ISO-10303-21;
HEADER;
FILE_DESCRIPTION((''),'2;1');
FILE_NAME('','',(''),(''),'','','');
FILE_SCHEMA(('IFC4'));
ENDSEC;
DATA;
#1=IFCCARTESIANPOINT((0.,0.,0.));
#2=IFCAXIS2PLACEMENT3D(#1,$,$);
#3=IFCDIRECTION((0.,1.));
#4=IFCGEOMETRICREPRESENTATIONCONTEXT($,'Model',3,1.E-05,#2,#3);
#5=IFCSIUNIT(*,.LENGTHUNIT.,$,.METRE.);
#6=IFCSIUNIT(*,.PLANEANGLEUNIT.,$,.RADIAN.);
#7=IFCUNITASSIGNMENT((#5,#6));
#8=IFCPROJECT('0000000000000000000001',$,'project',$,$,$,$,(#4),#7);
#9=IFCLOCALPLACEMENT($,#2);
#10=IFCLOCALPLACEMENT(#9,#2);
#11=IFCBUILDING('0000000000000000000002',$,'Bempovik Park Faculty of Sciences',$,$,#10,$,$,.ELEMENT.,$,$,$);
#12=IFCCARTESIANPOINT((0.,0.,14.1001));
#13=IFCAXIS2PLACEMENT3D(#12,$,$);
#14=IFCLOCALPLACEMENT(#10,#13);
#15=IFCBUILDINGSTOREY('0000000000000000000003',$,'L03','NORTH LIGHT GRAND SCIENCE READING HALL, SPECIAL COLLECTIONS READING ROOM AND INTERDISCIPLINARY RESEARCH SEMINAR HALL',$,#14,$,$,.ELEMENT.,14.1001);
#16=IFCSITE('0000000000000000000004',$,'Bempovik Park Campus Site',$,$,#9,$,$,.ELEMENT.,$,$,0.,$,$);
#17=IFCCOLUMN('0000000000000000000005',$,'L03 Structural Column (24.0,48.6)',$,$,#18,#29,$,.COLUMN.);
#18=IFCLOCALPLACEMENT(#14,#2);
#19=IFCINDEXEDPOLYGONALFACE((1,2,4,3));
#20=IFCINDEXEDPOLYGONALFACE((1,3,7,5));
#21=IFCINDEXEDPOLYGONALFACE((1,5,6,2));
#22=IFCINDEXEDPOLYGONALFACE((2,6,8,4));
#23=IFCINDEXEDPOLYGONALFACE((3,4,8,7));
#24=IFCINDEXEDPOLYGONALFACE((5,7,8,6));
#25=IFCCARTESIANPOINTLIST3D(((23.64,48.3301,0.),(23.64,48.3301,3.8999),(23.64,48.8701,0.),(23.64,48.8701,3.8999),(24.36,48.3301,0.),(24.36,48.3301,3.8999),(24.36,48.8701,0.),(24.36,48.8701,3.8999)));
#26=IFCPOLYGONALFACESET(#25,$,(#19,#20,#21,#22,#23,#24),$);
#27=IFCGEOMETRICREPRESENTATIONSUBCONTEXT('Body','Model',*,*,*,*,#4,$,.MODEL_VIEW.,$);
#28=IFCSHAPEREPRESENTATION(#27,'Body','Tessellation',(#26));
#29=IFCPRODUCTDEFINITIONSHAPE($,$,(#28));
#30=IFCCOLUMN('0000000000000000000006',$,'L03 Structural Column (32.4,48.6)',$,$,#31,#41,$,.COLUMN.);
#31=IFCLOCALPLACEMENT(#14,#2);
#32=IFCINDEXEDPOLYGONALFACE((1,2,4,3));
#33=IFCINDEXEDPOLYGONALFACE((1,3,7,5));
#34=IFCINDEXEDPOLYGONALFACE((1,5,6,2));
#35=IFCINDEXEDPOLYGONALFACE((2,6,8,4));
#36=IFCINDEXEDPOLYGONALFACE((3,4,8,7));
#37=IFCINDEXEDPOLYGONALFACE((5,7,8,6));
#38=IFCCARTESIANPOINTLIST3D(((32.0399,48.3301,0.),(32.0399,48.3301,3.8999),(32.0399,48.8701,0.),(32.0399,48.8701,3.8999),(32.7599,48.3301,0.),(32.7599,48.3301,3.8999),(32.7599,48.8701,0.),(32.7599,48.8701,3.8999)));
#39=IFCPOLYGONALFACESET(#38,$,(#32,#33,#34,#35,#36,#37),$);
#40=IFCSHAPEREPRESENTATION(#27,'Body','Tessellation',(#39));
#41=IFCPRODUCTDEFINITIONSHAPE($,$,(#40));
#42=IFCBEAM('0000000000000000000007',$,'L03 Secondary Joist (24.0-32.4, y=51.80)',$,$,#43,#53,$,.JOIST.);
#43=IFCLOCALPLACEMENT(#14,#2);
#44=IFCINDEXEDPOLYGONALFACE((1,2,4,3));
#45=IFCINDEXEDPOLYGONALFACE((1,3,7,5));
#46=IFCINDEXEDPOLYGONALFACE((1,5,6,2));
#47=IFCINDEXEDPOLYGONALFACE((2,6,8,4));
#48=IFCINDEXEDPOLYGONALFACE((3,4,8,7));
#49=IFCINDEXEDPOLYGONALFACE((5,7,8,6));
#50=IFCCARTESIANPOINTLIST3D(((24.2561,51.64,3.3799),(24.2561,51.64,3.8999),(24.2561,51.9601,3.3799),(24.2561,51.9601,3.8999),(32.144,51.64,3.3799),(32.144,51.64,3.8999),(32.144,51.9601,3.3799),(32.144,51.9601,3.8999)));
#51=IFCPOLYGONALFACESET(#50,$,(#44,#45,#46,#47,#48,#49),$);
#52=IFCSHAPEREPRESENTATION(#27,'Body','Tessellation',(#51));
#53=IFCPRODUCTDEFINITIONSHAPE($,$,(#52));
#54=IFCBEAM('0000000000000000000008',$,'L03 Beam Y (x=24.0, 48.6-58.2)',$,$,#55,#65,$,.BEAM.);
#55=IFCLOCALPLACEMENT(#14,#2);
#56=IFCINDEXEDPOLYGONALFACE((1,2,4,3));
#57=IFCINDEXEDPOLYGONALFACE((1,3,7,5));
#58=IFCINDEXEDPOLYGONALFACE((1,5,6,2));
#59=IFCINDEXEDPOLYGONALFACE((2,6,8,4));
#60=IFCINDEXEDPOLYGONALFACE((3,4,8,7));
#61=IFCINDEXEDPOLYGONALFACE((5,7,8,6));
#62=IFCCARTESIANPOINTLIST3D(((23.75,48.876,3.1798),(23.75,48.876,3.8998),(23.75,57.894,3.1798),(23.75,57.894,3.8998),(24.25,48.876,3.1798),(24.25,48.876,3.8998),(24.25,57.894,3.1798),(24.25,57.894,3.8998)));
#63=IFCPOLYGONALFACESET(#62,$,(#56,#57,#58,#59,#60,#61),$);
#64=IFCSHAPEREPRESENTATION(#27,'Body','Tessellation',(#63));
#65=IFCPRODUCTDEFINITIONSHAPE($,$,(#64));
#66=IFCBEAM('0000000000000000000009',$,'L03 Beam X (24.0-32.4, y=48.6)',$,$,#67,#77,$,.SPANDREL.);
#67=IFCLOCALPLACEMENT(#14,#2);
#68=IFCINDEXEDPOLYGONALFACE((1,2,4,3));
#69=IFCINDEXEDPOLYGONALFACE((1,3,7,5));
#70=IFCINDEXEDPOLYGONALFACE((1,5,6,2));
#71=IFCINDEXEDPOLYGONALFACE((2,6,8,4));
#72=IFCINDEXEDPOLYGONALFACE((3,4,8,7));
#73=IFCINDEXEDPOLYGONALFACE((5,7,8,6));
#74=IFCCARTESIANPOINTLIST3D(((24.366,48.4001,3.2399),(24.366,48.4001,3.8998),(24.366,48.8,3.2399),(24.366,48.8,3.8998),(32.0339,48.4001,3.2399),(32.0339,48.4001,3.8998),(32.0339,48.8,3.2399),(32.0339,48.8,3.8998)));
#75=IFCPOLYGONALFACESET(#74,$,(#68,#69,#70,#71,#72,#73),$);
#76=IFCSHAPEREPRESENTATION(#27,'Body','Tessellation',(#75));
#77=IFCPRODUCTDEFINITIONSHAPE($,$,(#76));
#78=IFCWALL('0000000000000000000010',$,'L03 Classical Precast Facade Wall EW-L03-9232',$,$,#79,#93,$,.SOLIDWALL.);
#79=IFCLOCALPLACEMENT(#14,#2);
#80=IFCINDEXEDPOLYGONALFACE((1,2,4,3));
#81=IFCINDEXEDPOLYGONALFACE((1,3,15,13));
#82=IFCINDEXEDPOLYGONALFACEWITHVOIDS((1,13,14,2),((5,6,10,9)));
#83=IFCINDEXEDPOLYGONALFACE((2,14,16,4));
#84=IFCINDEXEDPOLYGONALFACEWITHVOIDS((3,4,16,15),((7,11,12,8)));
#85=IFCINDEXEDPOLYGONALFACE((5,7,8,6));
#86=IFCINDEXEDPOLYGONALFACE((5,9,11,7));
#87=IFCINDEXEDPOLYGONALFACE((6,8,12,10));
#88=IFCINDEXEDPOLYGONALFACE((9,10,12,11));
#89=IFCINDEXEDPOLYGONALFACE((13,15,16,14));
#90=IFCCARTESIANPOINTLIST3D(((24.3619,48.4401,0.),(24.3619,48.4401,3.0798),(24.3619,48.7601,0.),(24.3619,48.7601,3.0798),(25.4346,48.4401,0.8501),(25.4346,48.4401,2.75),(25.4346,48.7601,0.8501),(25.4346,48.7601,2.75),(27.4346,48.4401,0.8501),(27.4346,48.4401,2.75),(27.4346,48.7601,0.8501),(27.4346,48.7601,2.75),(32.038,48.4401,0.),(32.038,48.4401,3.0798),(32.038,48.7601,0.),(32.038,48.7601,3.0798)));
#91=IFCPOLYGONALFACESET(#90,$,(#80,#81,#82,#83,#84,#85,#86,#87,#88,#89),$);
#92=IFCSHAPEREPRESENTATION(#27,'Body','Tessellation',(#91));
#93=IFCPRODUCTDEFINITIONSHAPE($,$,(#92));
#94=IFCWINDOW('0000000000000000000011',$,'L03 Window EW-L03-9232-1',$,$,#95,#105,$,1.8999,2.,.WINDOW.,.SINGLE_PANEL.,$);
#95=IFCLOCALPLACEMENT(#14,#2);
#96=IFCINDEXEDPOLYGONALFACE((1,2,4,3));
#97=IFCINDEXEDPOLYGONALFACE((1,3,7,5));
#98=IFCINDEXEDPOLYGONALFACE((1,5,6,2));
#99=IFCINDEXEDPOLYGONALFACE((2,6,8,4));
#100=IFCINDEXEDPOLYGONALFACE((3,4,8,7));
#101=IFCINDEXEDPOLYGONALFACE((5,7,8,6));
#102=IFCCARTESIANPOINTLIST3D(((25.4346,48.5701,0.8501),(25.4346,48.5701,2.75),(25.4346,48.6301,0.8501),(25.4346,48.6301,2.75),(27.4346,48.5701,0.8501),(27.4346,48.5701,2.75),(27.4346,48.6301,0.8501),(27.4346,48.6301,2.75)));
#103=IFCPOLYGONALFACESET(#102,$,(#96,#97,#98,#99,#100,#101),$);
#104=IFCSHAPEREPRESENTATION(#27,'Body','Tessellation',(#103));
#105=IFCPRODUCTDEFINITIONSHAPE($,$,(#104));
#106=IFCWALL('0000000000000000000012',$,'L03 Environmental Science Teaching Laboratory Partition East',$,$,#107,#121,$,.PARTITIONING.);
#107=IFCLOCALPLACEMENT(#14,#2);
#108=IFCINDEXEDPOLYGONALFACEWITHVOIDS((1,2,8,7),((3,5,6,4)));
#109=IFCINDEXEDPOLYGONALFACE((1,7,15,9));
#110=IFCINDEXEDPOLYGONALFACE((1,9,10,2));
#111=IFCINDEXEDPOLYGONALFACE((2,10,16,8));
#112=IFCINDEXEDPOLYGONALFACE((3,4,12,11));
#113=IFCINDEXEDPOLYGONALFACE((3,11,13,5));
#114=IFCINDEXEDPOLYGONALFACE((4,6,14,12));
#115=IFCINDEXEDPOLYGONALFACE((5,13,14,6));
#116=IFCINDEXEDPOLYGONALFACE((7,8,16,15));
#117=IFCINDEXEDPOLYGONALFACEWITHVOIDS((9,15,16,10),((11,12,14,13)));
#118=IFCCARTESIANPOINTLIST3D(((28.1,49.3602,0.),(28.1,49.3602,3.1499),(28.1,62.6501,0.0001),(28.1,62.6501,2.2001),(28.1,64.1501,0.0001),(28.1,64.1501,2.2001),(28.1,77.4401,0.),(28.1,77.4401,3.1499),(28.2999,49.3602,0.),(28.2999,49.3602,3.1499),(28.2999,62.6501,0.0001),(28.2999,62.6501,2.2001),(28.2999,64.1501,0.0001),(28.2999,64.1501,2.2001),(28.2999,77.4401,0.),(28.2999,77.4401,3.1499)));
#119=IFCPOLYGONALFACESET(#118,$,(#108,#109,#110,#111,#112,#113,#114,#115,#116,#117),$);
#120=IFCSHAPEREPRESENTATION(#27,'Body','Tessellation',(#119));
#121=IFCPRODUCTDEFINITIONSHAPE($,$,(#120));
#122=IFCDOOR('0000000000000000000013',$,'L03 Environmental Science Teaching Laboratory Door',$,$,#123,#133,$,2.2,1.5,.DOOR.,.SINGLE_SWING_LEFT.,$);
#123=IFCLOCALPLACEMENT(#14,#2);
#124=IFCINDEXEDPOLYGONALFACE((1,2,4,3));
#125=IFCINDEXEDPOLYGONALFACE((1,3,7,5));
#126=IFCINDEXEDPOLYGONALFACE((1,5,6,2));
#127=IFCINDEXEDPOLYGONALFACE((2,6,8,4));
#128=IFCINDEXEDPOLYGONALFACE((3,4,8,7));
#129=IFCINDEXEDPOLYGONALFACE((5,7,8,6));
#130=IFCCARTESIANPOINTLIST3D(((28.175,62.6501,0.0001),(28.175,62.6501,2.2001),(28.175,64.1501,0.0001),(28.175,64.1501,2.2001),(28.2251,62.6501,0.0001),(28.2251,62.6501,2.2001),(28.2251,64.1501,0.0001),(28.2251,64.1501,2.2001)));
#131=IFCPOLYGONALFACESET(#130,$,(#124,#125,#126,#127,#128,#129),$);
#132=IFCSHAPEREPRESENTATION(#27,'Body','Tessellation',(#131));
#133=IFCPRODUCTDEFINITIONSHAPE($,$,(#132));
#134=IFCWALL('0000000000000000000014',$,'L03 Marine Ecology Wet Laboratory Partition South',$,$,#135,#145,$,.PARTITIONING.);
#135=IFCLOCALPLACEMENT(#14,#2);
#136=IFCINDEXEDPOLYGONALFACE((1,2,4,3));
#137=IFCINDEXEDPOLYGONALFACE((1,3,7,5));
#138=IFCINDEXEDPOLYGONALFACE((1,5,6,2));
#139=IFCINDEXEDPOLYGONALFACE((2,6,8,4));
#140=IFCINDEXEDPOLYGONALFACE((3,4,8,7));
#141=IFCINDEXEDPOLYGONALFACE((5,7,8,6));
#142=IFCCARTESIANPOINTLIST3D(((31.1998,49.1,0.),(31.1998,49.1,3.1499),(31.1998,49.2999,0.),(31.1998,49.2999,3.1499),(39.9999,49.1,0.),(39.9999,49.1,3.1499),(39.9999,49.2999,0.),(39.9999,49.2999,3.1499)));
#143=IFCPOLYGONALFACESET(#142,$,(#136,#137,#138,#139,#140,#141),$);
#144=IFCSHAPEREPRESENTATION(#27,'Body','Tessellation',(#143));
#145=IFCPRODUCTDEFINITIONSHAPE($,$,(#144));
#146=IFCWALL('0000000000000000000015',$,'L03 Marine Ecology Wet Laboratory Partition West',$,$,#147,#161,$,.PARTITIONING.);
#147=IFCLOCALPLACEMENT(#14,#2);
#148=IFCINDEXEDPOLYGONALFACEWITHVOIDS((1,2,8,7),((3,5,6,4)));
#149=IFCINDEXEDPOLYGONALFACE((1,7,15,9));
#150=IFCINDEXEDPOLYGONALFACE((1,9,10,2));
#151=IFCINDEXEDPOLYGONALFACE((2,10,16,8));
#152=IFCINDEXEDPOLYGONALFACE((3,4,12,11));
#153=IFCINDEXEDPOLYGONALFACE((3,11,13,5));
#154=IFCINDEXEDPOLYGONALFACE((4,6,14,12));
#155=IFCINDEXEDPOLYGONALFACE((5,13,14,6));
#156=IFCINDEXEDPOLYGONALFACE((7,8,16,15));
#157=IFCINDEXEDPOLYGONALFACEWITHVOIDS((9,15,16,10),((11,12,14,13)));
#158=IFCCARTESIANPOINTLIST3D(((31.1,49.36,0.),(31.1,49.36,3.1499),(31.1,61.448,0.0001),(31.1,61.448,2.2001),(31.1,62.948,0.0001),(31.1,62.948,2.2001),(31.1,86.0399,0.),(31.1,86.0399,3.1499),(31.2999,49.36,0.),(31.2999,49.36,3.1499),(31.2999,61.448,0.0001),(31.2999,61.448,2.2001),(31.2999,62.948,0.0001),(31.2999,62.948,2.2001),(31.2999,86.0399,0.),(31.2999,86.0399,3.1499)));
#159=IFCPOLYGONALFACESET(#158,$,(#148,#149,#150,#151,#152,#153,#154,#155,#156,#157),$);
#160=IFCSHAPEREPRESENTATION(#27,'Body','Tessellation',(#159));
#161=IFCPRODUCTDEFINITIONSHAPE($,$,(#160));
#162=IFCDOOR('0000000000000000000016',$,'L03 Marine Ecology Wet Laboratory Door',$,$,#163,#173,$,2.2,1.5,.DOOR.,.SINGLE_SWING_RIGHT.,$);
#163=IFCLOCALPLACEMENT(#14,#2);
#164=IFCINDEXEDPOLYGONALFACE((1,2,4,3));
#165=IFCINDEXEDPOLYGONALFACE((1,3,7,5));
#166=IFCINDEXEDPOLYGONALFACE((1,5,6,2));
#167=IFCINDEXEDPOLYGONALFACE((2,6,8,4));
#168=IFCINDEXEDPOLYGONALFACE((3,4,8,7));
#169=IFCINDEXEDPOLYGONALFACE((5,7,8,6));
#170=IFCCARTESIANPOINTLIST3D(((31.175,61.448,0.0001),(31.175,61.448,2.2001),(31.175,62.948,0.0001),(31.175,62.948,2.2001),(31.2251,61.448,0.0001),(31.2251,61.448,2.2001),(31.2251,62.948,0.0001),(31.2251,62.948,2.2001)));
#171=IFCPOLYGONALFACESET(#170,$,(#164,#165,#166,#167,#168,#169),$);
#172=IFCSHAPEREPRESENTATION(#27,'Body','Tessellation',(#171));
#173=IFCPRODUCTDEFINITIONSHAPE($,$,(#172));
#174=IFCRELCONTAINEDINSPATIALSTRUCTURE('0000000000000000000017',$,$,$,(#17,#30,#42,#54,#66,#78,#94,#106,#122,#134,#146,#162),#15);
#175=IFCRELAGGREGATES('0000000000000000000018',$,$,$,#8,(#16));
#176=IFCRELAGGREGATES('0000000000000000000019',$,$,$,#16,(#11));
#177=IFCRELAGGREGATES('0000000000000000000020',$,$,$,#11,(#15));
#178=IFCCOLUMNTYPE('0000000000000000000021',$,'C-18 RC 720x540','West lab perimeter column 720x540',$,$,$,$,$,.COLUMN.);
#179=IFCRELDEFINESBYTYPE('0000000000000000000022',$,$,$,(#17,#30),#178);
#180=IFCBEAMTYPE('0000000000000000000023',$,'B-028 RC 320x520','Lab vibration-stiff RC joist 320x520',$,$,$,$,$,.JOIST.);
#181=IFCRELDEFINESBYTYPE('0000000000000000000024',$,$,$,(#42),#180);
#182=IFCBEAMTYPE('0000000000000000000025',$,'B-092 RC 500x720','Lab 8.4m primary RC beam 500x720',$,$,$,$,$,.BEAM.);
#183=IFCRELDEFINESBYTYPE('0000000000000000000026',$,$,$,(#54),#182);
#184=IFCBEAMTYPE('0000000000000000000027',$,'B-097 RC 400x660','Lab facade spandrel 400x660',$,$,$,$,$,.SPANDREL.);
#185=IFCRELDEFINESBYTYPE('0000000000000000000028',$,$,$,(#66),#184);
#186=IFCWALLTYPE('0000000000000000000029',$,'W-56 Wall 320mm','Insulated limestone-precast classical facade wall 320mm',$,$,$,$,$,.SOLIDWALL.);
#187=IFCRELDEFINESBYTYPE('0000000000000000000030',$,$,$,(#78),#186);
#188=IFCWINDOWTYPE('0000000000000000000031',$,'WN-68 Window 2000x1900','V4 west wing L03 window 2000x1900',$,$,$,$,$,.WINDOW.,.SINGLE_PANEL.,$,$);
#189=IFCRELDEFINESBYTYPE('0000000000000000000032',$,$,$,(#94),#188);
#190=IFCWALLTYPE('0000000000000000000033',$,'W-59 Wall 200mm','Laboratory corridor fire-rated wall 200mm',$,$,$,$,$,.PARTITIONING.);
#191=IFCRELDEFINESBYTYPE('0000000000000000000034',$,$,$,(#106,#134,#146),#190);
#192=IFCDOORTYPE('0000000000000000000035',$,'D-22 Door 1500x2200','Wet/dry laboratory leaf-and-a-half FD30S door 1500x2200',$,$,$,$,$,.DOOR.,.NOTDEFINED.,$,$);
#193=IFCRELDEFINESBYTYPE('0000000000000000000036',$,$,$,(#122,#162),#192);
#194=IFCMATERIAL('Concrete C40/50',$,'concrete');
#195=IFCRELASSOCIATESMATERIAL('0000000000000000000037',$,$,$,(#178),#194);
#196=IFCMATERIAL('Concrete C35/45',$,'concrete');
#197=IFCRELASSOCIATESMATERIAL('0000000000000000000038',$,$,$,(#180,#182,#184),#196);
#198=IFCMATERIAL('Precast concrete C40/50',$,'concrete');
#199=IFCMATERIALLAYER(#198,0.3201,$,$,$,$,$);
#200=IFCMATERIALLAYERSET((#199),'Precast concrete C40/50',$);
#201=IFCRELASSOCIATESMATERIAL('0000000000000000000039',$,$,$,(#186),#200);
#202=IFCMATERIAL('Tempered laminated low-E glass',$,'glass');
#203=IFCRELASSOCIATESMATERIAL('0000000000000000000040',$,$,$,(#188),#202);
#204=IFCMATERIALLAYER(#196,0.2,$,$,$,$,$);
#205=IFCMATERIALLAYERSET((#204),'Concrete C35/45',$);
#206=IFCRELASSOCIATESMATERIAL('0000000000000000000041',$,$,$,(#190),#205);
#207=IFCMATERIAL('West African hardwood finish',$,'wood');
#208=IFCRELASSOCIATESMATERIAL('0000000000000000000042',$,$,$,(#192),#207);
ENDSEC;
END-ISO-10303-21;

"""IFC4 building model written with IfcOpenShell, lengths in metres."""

from ifc_helpers import new_model, si_unit, direction, frame, frame_2d, origin, origin_2d, place, context, subcontext, project, spatial, rectangle, extrude, material, layer, layer_set, material_profile, profile_set, type_object, element, fill, save


model = new_model("IFC4")

# Units and contexts
model_context = context("Model", 3, precision=1e-05, world=origin(), true_north=direction((0.0, 1.0)))
body_context = subcontext(model_context, "Body", "Model", "MODEL_VIEW")
ifc_project = project(units=[si_unit("LENGTHUNIT", "METRE"), si_unit("PLANEANGLEUNIT", "RADIAN")], contexts=[model_context])

# Site, building, storey
site_placement = place(None, origin())
site = spatial("IfcSite", under=ifc_project, at=site_placement, Name="Bempovik Park Campus Site", CompositionType="ELEMENT", RefElevation=0.0)
building_placement = place(site_placement, origin())
building = spatial("IfcBuilding", under=site, at=building_placement, Name="Bempovik Park Faculty of Sciences", CompositionType="ELEMENT")
storey_placement = place(building_placement, frame((0.0, 0.0, 14.1001)))
storey = spatial("IfcBuildingStorey", under=building, at=storey_placement, Name="L03", Description="NORTH LIGHT GRAND SCIENCE READING HALL, SPECIAL COLLECTIONS READING ROOM AND INTERDISCIPLINARY RESEARCH SEMINAR HALL", CompositionType="ELEMENT", Elevation=14.1001)

# Columns
ifc_material_1 = material(Name="Concrete C40/50", Category="concrete")
ifc_material_profile_1 = material_profile(ifc_material_1, rectangle(XDim=0.72, YDim=0.54, at=origin_2d()), Name="RC 720x540")
ifc_profile_set_1 = profile_set([ifc_material_profile_1], Name="Concrete C40/50")
column_type = type_object("IfcColumnType", Name="C-18 RC 720x540", Description="West lab perimeter column 720x540", PredefinedType="COLUMN", material=ifc_profile_set_1)
for number, where, z_axis, x_axis, name in (
    (1, (24.0, 48.6001, 0.0), (0.0, 0.0, 1.0), (1.0, 0.0, 0.0), "L03 Structural Column (24.0,48.6)"),
    (2, (32.3999, 48.6001, 0.0), (0.0, 0.0, 1.0), (1.0, 0.0, 0.0), "L03 Structural Column (32.4,48.6)"),
):
    element("IfcColumn", number, at=place(storey_placement, frame(where, z_axis=z_axis, x_axis=x_axis)), inside=storey, type_object=column_type, Name=name, PredefinedType="COLUMN", context=body_context, shape_type="SweptSolid", body=[
        extrude(rectangle(XDim=0.72, YDim=0.54, at=origin_2d()), origin(), (0.0, 0.0, 1.0), 3.8999),
    ])

# Beams
ifc_material_2 = material(Name="Concrete C35/45", Category="concrete")
ifc_material_profile_2 = material_profile(ifc_material_2, rectangle(XDim=0.3201, YDim=0.52, at=origin_2d()), Name="RC 320x520")
ifc_profile_set_2 = profile_set([ifc_material_profile_2], Name="Concrete C35/45")
beam_type_1 = type_object("IfcBeamType", Name="B-028 RC 320x520", Description="Lab vibration-stiff RC joist 320x520", PredefinedType="JOIST", material=ifc_profile_set_2)
beam_1_placement = place(storey_placement, frame((24.2561, 51.8, 3.6399), z_axis=(1.0, 0.0, 0.0), x_axis=(0.0, 1.0, 0.0)))
element("IfcBeam", 3, at=beam_1_placement, inside=storey, type_object=beam_type_1, Name="L03 Secondary Joist (24.0-32.4, y=51.80)", PredefinedType="JOIST", context=body_context, shape_type="SweptSolid", body=[
    extrude(rectangle(XDim=0.3201, YDim=0.52, at=origin_2d()), origin(), (0.0, 0.0, 1.0), 7.8879),
])
ifc_material_profile_3 = material_profile(ifc_material_2, rectangle(XDim=0.5, YDim=0.72, at=origin_2d()), Name="RC 500x720")
ifc_profile_set_3 = profile_set([ifc_material_profile_3], Name="Concrete C35/45")
beam_type_2 = type_object("IfcBeamType", Name="B-092 RC 500x720", Description="Lab 8.4m primary RC beam 500x720", PredefinedType="BEAM", material=ifc_profile_set_3)
beam_2_placement = place(storey_placement, frame((24.0, 48.876, 3.5398), z_axis=(0.0, 1.0, 0.0), x_axis=(-1.0, 0.0, 0.0)))
element("IfcBeam", 4, at=beam_2_placement, inside=storey, type_object=beam_type_2, Name="L03 Beam Y (x=24.0, 48.6-58.2)", PredefinedType="BEAM", context=body_context, shape_type="SweptSolid", body=[
    extrude(rectangle(XDim=0.5, YDim=0.72, at=origin_2d()), origin(), (0.0, 0.0, 1.0), 9.0181),
])
ifc_material_profile_4 = material_profile(ifc_material_2, rectangle(XDim=0.3999, YDim=0.6599, at=origin_2d()), Name="RC 400x660")
ifc_profile_set_4 = profile_set([ifc_material_profile_4], Name="Concrete C35/45")
beam_type_3 = type_object("IfcBeamType", Name="B-097 RC 400x660", Description="Lab facade spandrel 400x660", PredefinedType="SPANDREL", material=ifc_profile_set_4)
beam_3_placement = place(storey_placement, frame((24.366, 48.6001, 3.5698), z_axis=(1.0, 0.0, 0.0), x_axis=(0.0, 1.0, 0.0)))
element("IfcBeam", 5, at=beam_3_placement, inside=storey, type_object=beam_type_3, Name="L03 Beam X (24.0-32.4, y=48.6)", PredefinedType="SPANDREL", context=body_context, shape_type="SweptSolid", body=[
    extrude(rectangle(XDim=0.3999, YDim=0.6599, at=origin_2d()), origin(), (0.0, 0.0, 1.0), 7.668),
])

# Wall, opening, window
ifc_material_3 = material(Name="Precast concrete C40/50", Category="concrete")
ifc_layer_1 = layer(ifc_material_3, 0.3201)
ifc_layer_set_1 = layer_set([ifc_layer_1], Name="Precast concrete C40/50")
wall_type_1 = type_object("IfcWallType", Name="W-56 Wall 320mm", Description="Insulated limestone-precast classical facade wall 320mm", PredefinedType="SOLIDWALL", material=ifc_layer_set_1)
wall_1_placement = place(storey_placement, frame((24.3621, 48.6001, 0.0), z_axis=(0.0, 0.0, 1.0), x_axis=(1.0, 0.0, 0.0)))
wall_1 = element("IfcWall", 6, at=wall_1_placement, inside=storey, type_object=wall_type_1, Name="L03 Classical Precast Facade Wall EW-L03-9232", PredefinedType="SOLIDWALL", context=body_context, shape_type="SweptSolid", body=[
    extrude(rectangle(XDim=7.676, YDim=0.3201, at=frame_2d((3.8379, 0.0))), origin(), (0.0, 0.0, 1.0), 3.0798),
])
opening_1_placement = place(wall_1_placement, frame((1.0725, 0.0, 0.8501)))
opening_1 = element("IfcOpeningElement", 7, at=opening_1_placement, cuts=wall_1, PredefinedType="OPENING", context=body_context, shape_type="SweptSolid", body=[
    extrude(rectangle(XDim=2.0, YDim=1.8999, at=frame_2d((1.0, 0.95))), frame((0.0, 0.1699, 0.0), z_axis=(0.0, -1.0, 0.0), x_axis=(1.0, 0.0, 0.0)), (0.0, 0.0, 1.0), 0.3401),
])
ifc_material_4 = material(Name="Tempered laminated low-E glass", Category="glass")
window_type = type_object("IfcWindowType", Name="WN-68 Window 2000x1900", Description="V4 west wing L03 window 2000x1900", PartitioningType="SINGLE_PANEL", PredefinedType="WINDOW", material=ifc_material_4)
window_placement = place(opening_1_placement, origin())
window = element("IfcWindow", 8, at=window_placement, inside=storey, type_object=window_type, Name="L03 Window EW-L03-9232-1", OverallHeight=1.8999, OverallWidth=2.0, PartitioningType="SINGLE_PANEL", PredefinedType="WINDOW", context=body_context, shape_type="SweptSolid", body=[
    extrude(rectangle(XDim=2.0, YDim=1.8999, at=frame_2d((1.0, 0.95))), frame((0.0, 0.03, 0.0), z_axis=(0.0, -1.0, 0.0), x_axis=(1.0, 0.0, 0.0)), (0.0, 0.0, 1.0), 0.0601),
])
fill(opening_1, window)

# Wall, opening, door
ifc_layer_2 = layer(ifc_material_2, 0.2)
ifc_layer_set_2 = layer_set([ifc_layer_2], Name="Concrete C35/45")
wall_type_2 = type_object("IfcWallType", Name="W-59 Wall 200mm", Description="Laboratory corridor fire-rated wall 200mm", PredefinedType="PARTITIONING", material=ifc_layer_set_2)
wall_2_placement = place(storey_placement, frame((28.2, 49.3601, 0.0), z_axis=(0.0, 0.0, 1.0), x_axis=(0.0, 1.0, 0.0)))
wall_2 = element("IfcWall", 9, at=wall_2_placement, inside=storey, type_object=wall_type_2, Name="L03 Environmental Science Teaching Laboratory Partition East", PredefinedType="PARTITIONING", context=body_context, shape_type="SweptSolid", body=[
    extrude(rectangle(XDim=28.0798, YDim=0.2, at=frame_2d((14.04, 0.0))), origin(), (0.0, 0.0, 1.0), 3.1499),
])
opening_2_placement = place(wall_2_placement, frame((13.29, 0.0, 0.0)))
opening_2 = element("IfcOpeningElement", 10, at=opening_2_placement, cuts=wall_2, PredefinedType="OPENING", context=body_context, shape_type="SweptSolid", body=[
    extrude(rectangle(XDim=1.5, YDim=2.2, at=frame_2d((0.75, 1.1001))), frame((0.0, 0.1099, 0.0), z_axis=(0.0, -1.0, 0.0), x_axis=(1.0, 0.0, 0.0)), (0.0, 0.0, 1.0), 0.22),
])
ifc_material_5 = material(Name="West African hardwood finish", Category="wood")
door_type = type_object("IfcDoorType", Name="D-22 Door 1500x2200", Description="Wet/dry laboratory leaf-and-a-half FD30S door 1500x2200", OperationType="NOTDEFINED", PredefinedType="DOOR", material=ifc_material_5)
door_1_placement = place(opening_2_placement, origin())
door_1 = element("IfcDoor", 11, at=door_1_placement, inside=storey, type_object=door_type, Name="L03 Environmental Science Teaching Laboratory Door", OperationType="SINGLE_SWING_LEFT", OverallHeight=2.2, OverallWidth=1.5, PredefinedType="DOOR", context=body_context, shape_type="SweptSolid", body=[
    extrude(rectangle(XDim=1.5, YDim=2.2, at=frame_2d((0.75, 1.1001))), frame((0.0, 0.0249, 0.0), z_axis=(0.0, -1.0, 0.0), x_axis=(1.0, 0.0, 0.0)), (0.0, 0.0, 1.0), 0.05),
])
fill(opening_2, door_1)

# Wall
wall_3_placement = place(storey_placement, frame((31.2, 49.2, 0.0), z_axis=(0.0, 0.0, 1.0), x_axis=(1.0, 0.0, 0.0)))
element("IfcWall", 12, at=wall_3_placement, inside=storey, type_object=wall_type_2, Name="L03 Marine Ecology Wet Laboratory Partition South", PredefinedType="PARTITIONING", context=body_context, shape_type="SweptSolid", body=[
    extrude(rectangle(XDim=8.8, YDim=0.2, at=frame_2d((4.3999, 0.0))), origin(), (0.0, 0.0, 1.0), 3.1499),
])

# Wall, opening, door
wall_4_placement = place(storey_placement, frame((31.2, 49.3601, 0.0), z_axis=(0.0, 0.0, 1.0), x_axis=(0.0, 1.0, 0.0)))
wall_4 = element("IfcWall", 13, at=wall_4_placement, inside=storey, type_object=wall_type_2, Name="L03 Marine Ecology Wet Laboratory Partition West", PredefinedType="PARTITIONING", context=body_context, shape_type="SweptSolid", body=[
    extrude(rectangle(XDim=36.6799, YDim=0.2, at=frame_2d((18.3398, 0.0))), origin(), (0.0, 0.0, 1.0), 3.1499),
])
opening_3_placement = place(wall_4_placement, frame((12.0879, 0.0, 0.0)))
opening_3 = element("IfcOpeningElement", 14, at=opening_3_placement, cuts=wall_4, PredefinedType="OPENING", context=body_context, shape_type="SweptSolid", body=[
    extrude(rectangle(XDim=1.5, YDim=2.2, at=frame_2d((0.75, 1.1001))), frame((0.0, 0.1099, 0.0), z_axis=(0.0, -1.0, 0.0), x_axis=(1.0, 0.0, 0.0)), (0.0, 0.0, 1.0), 0.22),
])
door_2_placement = place(opening_3_placement, origin())
door_2 = element("IfcDoor", 15, at=door_2_placement, inside=storey, type_object=door_type, Name="L03 Marine Ecology Wet Laboratory Door", OperationType="SINGLE_SWING_RIGHT", OverallHeight=2.2, OverallWidth=1.5, PredefinedType="DOOR", context=body_context, shape_type="SweptSolid", body=[
    extrude(rectangle(XDim=1.5, YDim=2.2, at=frame_2d((0.75, 1.1001))), frame((0.0, 0.0249, 0.0), z_axis=(0.0, -1.0, 0.0), x_axis=(1.0, 0.0, 0.0)), (0.0, 0.0, 1.0), 0.05),
])
fill(opening_3, door_2)

save(model, "model.ifc")
